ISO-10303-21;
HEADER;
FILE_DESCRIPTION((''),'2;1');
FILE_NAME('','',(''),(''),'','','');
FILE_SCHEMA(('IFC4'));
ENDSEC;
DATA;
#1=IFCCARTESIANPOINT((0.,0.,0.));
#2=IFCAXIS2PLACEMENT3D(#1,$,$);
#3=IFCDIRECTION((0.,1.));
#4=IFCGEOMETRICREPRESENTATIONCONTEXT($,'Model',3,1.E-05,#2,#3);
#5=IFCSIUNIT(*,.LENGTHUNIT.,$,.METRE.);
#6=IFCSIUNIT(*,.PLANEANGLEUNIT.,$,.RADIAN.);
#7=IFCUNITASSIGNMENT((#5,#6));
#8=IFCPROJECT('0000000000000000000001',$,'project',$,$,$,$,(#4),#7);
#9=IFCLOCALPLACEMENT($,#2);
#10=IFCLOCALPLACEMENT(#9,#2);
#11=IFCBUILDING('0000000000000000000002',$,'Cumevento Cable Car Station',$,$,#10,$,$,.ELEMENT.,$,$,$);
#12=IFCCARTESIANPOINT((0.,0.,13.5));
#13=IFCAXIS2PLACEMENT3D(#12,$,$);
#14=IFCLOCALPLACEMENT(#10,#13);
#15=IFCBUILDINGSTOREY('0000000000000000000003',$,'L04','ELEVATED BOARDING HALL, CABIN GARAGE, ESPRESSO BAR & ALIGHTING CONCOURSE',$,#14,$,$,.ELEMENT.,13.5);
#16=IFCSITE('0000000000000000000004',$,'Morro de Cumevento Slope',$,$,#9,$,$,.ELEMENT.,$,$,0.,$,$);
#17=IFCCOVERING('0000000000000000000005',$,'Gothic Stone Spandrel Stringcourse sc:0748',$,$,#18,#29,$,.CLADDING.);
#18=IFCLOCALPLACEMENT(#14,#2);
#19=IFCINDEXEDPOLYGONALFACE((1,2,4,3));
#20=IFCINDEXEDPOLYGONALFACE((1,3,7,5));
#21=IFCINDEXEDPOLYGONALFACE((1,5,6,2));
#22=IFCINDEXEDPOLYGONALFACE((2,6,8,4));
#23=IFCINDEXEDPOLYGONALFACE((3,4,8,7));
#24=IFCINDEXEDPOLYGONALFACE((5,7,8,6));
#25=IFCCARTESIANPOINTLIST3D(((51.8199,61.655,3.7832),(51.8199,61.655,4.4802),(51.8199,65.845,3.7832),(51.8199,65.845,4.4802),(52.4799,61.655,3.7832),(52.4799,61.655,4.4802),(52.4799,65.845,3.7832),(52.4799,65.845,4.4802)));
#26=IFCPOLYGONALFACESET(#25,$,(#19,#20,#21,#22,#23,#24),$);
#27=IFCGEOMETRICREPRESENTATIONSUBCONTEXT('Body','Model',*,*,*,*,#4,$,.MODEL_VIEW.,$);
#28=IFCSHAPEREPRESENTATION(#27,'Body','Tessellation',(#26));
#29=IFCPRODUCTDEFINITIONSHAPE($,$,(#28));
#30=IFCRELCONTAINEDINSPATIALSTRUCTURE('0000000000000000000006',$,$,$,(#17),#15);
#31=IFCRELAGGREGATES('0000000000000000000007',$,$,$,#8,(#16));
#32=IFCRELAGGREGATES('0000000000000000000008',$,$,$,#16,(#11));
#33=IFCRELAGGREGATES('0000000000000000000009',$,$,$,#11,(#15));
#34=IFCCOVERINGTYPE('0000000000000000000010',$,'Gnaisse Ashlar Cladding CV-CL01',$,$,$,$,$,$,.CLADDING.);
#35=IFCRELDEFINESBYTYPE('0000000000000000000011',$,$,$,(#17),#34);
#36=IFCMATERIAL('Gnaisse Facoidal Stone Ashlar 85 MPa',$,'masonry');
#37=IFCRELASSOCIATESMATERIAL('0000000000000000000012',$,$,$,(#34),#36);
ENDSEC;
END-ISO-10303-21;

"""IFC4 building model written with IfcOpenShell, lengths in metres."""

from ifc_helpers import new_model, si_unit, direction, frame, origin, origin_2d, place, context, subcontext, project, spatial, rectangle, extrude, material, type_object, element, save


model = new_model("IFC4")

# Units and contexts
model_context = context("Model", 3, precision=1e-05, world=origin(), true_north=direction((0.0, 1.0)))
body_context = subcontext(model_context, "Body", "Model", "MODEL_VIEW")
ifc_project = project(units=[si_unit("LENGTHUNIT", "METRE"), si_unit("PLANEANGLEUNIT", "RADIAN")], contexts=[model_context])

# Site, building, storey
site_placement = place(None, origin())
site = spatial("IfcSite", under=ifc_project, at=site_placement, Name="Morro de Cumevento Slope", CompositionType="ELEMENT", RefElevation=0.0)
building_placement = place(site_placement, origin())
building = spatial("IfcBuilding", under=site, at=building_placement, Name="Cumevento Cable Car Station", CompositionType="ELEMENT")
storey_placement = place(building_placement, frame((0.0, 0.0, 13.5)))
storey = spatial("IfcBuildingStorey", under=building, at=storey_placement, Name="L04", Description="ELEVATED BOARDING HALL, CABIN GARAGE, ESPRESSO BAR & ALIGHTING CONCOURSE", CompositionType="ELEMENT", Elevation=13.5)

# Covering
ifc_material_1 = material(Name="Gnaisse Facoidal Stone Ashlar 85 MPa", Category="masonry")
covering_type = type_object("IfcCoveringType", Name="Gnaisse Ashlar Cladding CV-CL01", PredefinedType="CLADDING", material=ifc_material_1)
covering_1_placement = place(storey_placement, frame((52.1499, 63.75, 3.7832), z_axis=(0.0, 0.0, 1.0), x_axis=(0.0, 1.0, 0.0)))
element("IfcCovering", 1, at=covering_1_placement, inside=storey, type_object=covering_type, Name="Gothic Stone Spandrel Stringcourse sc:0748", PredefinedType="CLADDING", context=body_context, shape_type="SweptSolid", body=[
    extrude(rectangle(XDim=4.1899, YDim=0.6599, at=origin_2d()), origin(), (0.0, 0.0, 1.0), 0.697),
])

save(model, "model.ifc")
